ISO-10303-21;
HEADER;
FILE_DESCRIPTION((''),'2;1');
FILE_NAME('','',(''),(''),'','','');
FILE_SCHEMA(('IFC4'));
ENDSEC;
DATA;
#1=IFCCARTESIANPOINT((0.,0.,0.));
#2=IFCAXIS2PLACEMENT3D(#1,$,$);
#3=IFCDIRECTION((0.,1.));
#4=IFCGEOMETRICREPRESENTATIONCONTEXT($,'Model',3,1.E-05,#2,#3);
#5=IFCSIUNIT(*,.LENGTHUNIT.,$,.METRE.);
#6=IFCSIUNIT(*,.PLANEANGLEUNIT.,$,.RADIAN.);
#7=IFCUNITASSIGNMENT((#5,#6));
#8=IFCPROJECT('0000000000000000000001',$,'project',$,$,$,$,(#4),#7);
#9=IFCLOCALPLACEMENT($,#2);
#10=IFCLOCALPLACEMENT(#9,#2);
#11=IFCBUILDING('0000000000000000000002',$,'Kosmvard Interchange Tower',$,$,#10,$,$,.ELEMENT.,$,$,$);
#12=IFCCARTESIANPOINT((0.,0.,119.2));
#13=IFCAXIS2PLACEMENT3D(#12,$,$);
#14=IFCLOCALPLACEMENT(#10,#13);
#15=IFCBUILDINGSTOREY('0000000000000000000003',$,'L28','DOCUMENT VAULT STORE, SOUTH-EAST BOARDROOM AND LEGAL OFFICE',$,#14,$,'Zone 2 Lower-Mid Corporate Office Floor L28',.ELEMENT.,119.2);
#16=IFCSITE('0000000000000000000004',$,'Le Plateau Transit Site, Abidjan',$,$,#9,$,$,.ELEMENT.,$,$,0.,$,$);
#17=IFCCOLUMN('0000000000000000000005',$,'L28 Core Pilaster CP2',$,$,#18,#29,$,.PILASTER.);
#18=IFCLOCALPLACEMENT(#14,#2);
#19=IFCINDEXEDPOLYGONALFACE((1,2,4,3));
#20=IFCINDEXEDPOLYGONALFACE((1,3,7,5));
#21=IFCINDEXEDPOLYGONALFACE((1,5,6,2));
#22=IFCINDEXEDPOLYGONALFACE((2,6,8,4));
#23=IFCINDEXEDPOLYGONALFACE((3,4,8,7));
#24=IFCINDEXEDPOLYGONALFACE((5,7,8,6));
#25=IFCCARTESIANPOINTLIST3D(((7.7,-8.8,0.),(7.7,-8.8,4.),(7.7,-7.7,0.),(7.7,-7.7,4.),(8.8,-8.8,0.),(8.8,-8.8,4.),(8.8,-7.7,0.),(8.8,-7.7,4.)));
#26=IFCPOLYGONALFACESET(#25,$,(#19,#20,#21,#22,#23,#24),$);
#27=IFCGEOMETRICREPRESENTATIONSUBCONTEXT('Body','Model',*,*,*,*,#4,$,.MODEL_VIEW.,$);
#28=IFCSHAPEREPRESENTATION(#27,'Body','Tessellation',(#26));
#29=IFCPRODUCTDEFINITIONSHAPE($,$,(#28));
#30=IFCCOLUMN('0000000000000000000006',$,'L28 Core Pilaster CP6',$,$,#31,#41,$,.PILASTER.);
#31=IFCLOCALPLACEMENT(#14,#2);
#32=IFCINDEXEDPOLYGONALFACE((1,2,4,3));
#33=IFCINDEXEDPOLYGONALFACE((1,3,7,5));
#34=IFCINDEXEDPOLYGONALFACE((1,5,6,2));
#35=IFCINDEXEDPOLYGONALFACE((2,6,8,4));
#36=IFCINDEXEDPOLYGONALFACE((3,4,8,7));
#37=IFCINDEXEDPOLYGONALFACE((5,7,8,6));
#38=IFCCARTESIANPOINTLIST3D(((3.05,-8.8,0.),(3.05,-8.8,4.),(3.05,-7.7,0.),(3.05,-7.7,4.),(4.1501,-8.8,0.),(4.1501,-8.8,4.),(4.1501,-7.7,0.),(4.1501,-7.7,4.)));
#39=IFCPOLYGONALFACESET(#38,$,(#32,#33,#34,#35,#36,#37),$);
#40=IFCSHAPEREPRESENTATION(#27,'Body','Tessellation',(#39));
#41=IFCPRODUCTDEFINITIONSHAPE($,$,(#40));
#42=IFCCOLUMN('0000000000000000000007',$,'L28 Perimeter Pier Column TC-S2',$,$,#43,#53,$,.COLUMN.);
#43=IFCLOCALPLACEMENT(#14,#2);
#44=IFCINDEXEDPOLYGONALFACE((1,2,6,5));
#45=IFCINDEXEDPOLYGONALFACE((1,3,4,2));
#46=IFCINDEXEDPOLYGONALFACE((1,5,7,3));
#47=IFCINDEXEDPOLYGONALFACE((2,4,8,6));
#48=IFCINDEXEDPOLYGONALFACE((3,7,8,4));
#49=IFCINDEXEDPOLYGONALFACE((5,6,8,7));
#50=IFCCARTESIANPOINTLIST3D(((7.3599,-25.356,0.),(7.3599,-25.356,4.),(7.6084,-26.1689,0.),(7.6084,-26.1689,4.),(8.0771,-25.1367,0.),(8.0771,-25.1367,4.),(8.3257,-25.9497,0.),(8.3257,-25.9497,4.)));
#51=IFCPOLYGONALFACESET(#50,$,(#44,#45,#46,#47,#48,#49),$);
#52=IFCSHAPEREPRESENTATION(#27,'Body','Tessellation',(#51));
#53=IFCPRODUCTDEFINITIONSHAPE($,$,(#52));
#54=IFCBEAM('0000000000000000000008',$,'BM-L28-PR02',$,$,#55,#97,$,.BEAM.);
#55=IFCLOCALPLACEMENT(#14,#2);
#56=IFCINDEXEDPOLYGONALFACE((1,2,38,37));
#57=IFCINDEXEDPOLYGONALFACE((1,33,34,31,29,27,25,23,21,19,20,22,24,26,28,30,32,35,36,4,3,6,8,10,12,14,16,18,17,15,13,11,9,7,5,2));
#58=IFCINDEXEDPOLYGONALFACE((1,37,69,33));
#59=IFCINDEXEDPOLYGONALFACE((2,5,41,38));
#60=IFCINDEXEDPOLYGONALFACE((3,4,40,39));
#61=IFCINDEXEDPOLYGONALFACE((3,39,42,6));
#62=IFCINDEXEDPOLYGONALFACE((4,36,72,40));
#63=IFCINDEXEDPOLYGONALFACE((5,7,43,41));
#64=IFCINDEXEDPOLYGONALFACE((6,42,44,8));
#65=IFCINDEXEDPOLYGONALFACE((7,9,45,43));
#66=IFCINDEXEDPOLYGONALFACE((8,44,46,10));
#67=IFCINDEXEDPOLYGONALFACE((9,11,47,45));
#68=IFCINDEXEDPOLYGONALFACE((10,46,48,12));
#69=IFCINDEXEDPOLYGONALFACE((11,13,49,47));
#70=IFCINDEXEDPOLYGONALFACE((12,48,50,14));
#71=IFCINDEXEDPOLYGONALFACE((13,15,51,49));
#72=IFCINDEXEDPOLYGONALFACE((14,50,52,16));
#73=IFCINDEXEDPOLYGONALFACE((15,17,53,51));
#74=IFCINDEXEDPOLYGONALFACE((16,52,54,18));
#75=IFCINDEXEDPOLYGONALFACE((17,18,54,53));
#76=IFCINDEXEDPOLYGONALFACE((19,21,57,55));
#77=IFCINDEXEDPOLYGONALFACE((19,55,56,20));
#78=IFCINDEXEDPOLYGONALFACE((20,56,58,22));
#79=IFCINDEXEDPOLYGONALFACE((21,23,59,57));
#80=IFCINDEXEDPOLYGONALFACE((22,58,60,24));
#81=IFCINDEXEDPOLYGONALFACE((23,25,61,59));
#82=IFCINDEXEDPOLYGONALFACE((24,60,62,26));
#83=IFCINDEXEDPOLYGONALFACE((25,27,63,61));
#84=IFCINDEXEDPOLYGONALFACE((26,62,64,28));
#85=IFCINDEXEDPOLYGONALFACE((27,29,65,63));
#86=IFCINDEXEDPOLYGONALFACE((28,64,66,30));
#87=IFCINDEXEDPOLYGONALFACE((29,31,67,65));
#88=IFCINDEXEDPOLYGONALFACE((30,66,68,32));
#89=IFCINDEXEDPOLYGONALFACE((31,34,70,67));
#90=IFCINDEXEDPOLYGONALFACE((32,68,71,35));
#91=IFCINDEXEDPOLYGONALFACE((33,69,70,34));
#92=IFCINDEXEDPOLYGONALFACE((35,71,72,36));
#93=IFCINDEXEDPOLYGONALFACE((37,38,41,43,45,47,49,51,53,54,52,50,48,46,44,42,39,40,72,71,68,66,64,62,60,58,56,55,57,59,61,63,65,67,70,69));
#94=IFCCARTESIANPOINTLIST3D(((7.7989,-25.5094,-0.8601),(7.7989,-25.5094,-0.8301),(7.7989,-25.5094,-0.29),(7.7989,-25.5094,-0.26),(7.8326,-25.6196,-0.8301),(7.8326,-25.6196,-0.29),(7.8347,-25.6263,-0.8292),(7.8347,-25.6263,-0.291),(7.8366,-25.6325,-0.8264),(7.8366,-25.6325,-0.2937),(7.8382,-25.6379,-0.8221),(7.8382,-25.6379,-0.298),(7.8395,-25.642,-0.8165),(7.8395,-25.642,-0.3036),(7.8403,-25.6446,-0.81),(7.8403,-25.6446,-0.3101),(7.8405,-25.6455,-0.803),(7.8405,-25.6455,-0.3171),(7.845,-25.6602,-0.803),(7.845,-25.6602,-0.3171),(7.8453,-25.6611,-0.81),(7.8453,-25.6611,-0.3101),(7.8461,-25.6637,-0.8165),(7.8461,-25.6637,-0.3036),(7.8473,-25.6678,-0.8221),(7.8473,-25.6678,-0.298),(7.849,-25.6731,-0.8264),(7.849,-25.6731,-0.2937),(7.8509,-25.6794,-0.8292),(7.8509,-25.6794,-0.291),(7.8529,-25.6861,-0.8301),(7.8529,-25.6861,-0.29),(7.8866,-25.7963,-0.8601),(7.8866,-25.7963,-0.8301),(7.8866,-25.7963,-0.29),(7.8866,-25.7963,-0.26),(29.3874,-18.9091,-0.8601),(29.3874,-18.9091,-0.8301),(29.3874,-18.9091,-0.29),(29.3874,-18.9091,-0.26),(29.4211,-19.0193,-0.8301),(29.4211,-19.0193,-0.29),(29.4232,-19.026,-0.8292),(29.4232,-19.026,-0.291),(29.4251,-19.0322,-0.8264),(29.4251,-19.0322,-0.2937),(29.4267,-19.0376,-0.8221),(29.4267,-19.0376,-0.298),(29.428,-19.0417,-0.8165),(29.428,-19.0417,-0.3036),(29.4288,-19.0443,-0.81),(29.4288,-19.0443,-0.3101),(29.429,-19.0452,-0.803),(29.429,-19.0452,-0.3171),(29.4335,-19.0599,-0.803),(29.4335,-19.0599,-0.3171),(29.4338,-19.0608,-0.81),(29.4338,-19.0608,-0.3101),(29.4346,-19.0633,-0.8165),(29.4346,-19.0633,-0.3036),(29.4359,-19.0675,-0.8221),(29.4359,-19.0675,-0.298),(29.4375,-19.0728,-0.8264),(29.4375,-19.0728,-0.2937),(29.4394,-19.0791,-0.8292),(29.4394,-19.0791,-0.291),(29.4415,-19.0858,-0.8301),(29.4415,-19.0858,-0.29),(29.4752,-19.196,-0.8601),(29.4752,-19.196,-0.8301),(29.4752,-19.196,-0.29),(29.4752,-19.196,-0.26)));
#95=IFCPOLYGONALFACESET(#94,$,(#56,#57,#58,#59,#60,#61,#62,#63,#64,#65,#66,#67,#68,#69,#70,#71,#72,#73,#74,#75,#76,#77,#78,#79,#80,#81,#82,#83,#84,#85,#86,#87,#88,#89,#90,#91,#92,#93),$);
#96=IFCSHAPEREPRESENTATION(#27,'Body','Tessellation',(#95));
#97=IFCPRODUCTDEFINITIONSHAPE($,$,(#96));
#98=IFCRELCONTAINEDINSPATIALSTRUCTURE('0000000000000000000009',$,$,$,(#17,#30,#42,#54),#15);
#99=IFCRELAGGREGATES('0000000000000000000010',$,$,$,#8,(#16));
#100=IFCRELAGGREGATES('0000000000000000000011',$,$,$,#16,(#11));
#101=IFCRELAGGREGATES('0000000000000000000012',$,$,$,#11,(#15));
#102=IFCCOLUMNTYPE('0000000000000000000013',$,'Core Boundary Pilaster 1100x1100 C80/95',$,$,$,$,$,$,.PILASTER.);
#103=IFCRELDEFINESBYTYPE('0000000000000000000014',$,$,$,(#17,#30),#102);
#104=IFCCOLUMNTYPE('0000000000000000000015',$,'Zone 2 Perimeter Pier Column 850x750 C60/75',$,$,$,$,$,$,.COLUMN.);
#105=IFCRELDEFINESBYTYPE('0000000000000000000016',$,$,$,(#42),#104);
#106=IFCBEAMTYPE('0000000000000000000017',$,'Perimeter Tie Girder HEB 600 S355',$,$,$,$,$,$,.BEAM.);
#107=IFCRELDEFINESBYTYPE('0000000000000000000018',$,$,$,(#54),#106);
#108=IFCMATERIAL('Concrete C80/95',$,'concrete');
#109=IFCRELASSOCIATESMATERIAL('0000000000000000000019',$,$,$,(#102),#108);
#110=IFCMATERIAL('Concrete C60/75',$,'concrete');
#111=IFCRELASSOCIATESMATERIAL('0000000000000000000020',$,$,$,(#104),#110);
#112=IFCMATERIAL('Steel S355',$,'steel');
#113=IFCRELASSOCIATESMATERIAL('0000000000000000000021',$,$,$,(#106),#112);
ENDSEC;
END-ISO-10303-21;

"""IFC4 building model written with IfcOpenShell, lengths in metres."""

from ifc_helpers import new_model, si_unit, direction, frame, origin, origin_2d, place, context, subcontext, project, spatial, rectangle, i_section, extrude, source, transform, mapped, material, material_profile, profile_set, type_object, element, save


model = new_model("IFC4")

# Units and contexts
model_context = context("Model", 3, precision=1e-05, world=origin(), true_north=direction((0.0, 1.0)))
body_context = subcontext(model_context, "Body", "Model", "MODEL_VIEW")
ifc_project = project(units=[si_unit("LENGTHUNIT", "METRE"), si_unit("PLANEANGLEUNIT", "RADIAN")], contexts=[model_context])

# Site, building, storey
site_placement = place(None, origin())
site = spatial("IfcSite", under=ifc_project, at=site_placement, Name="Le Plateau Transit Site, Abidjan", CompositionType="ELEMENT", RefElevation=0.0)
building_placement = place(site_placement, origin())
building = spatial("IfcBuilding", under=site, at=building_placement, Name="Kosmvard Interchange Tower", CompositionType="ELEMENT")
storey_placement = place(building_placement, frame((0.0, 0.0, 119.2)))
storey = spatial("IfcBuildingStorey", under=building, at=storey_placement, Name="L28", Description="DOCUMENT VAULT STORE, SOUTH-EAST BOARDROOM AND LEGAL OFFICE", LongName="Zone 2 Lower-Mid Corporate Office Floor L28", CompositionType="ELEMENT", Elevation=119.2)

# Columns
ifc_material_1 = material(Name="Concrete C80/95", Category="concrete")
ifc_material_profile_1 = material_profile(ifc_material_1, rectangle(XDim=1.1001, YDim=1.1001, at=origin_2d()), Name="CP 1100x1100")
ifc_profile_set_1 = profile_set([ifc_material_profile_1], Name="Concrete C80/95")
column_type_1 = type_object("IfcColumnType", Name="Core Boundary Pilaster 1100x1100 C80/95", PredefinedType="PILASTER", material=ifc_profile_set_1)
shared_shape_1 = source(origin(), body_context, "Body", "SweptSolid", [
    extrude(rectangle(XDim=1.1001, YDim=1.1001, at=origin_2d()), origin(), (0.0, 0.0, 1.0), 4.0),
])
for number, where, z_axis, x_axis, name in (
    (1, (8.25, -8.25, 0.0), (0.0, 0.0, 1.0), (1.0, 0.0, 0.0), "L28 Core Pilaster CP2"),
    (2, (3.6001, -8.25, 0.0), (0.0, 0.0, 1.0), (1.0, 0.0, 0.0), "L28 Core Pilaster CP6"),
):
    element("IfcColumn", number, at=place(storey_placement, frame(where, z_axis=z_axis, x_axis=x_axis)), inside=storey, type_object=column_type_1, Name=name, PredefinedType="PILASTER", context=body_context, shape_type="MappedRepresentation", body=[
        mapped(shared_shape_1, transform((0.0, 0.0, 0.0), scale=1.0)),
    ])
ifc_material_2 = material(Name="Concrete C60/75", Category="concrete")
ifc_material_profile_2 = material_profile(ifc_material_2, rectangle(XDim=0.75, YDim=0.8501, at=origin_2d()), Name="TC 850x750")
ifc_profile_set_2 = profile_set([ifc_material_profile_2], Name="Concrete C60/75")
column_type_2 = type_object("IfcColumnType", Name="Zone 2 Perimeter Pier Column 850x750 C60/75", PredefinedType="COLUMN", material=ifc_profile_set_2)
shared_shape_2 = source(origin(), body_context, "Body", "SweptSolid", [
    extrude(rectangle(XDim=0.75, YDim=0.8501, at=origin_2d()), origin(), (0.0, 0.0, 1.0), 4.0),
])
column_placement = place(storey_placement, frame((7.8428, -25.6528, 0.0), z_axis=(0.0, 0.0, 1.0), x_axis=(0.956305, 0.292372, 0.0)))
element("IfcColumn", 3, at=column_placement, inside=storey, type_object=column_type_2, Name="L28 Perimeter Pier Column TC-S2", PredefinedType="COLUMN", context=body_context, shape_type="MappedRepresentation", body=[
    mapped(shared_shape_2, transform((0.0, 0.0, 0.0), scale=1.0)),
])

# Beam
ifc_material_3 = material(Name="Steel S355", Category="steel")
ifc_material_profile_3 = material_profile(ifc_material_3, i_section(OverallWidth=0.3, OverallDepth=0.6001, WebThickness=0.0154, FlangeThickness=0.03, FilletRadius=0.0271, at=origin_2d()), Name="HEB 600")
ifc_profile_set_3 = profile_set([ifc_material_profile_3], Name="Steel S355")
beam_type = type_object("IfcBeamType", Name="Perimeter Tie Girder HEB 600 S355", PredefinedType="BEAM", material=ifc_profile_set_3)
shared_shape_3 = source(origin(), body_context, "Body", "SweptSolid", [
    extrude(i_section(OverallWidth=0.3, OverallDepth=0.6001, WebThickness=0.0154, FlangeThickness=0.03, FilletRadius=0.0271, at=origin_2d()), origin(), (0.0, 0.0, 1.0), 22.575),
])
beam_placement = place(storey_placement, frame((7.8428, -25.6528, -0.5601), z_axis=(0.956304, 0.292373, 0.0), x_axis=(-0.292373, 0.956304, 0.0)))
element("IfcBeam", 4, at=beam_placement, inside=storey, type_object=beam_type, Name="BM-L28-PR02", PredefinedType="BEAM", context=body_context, shape_type="MappedRepresentation", body=[
    mapped(shared_shape_3, transform((0.0, 0.0, 0.0), scale=1.0)),
])

save(model, "model.ifc")
